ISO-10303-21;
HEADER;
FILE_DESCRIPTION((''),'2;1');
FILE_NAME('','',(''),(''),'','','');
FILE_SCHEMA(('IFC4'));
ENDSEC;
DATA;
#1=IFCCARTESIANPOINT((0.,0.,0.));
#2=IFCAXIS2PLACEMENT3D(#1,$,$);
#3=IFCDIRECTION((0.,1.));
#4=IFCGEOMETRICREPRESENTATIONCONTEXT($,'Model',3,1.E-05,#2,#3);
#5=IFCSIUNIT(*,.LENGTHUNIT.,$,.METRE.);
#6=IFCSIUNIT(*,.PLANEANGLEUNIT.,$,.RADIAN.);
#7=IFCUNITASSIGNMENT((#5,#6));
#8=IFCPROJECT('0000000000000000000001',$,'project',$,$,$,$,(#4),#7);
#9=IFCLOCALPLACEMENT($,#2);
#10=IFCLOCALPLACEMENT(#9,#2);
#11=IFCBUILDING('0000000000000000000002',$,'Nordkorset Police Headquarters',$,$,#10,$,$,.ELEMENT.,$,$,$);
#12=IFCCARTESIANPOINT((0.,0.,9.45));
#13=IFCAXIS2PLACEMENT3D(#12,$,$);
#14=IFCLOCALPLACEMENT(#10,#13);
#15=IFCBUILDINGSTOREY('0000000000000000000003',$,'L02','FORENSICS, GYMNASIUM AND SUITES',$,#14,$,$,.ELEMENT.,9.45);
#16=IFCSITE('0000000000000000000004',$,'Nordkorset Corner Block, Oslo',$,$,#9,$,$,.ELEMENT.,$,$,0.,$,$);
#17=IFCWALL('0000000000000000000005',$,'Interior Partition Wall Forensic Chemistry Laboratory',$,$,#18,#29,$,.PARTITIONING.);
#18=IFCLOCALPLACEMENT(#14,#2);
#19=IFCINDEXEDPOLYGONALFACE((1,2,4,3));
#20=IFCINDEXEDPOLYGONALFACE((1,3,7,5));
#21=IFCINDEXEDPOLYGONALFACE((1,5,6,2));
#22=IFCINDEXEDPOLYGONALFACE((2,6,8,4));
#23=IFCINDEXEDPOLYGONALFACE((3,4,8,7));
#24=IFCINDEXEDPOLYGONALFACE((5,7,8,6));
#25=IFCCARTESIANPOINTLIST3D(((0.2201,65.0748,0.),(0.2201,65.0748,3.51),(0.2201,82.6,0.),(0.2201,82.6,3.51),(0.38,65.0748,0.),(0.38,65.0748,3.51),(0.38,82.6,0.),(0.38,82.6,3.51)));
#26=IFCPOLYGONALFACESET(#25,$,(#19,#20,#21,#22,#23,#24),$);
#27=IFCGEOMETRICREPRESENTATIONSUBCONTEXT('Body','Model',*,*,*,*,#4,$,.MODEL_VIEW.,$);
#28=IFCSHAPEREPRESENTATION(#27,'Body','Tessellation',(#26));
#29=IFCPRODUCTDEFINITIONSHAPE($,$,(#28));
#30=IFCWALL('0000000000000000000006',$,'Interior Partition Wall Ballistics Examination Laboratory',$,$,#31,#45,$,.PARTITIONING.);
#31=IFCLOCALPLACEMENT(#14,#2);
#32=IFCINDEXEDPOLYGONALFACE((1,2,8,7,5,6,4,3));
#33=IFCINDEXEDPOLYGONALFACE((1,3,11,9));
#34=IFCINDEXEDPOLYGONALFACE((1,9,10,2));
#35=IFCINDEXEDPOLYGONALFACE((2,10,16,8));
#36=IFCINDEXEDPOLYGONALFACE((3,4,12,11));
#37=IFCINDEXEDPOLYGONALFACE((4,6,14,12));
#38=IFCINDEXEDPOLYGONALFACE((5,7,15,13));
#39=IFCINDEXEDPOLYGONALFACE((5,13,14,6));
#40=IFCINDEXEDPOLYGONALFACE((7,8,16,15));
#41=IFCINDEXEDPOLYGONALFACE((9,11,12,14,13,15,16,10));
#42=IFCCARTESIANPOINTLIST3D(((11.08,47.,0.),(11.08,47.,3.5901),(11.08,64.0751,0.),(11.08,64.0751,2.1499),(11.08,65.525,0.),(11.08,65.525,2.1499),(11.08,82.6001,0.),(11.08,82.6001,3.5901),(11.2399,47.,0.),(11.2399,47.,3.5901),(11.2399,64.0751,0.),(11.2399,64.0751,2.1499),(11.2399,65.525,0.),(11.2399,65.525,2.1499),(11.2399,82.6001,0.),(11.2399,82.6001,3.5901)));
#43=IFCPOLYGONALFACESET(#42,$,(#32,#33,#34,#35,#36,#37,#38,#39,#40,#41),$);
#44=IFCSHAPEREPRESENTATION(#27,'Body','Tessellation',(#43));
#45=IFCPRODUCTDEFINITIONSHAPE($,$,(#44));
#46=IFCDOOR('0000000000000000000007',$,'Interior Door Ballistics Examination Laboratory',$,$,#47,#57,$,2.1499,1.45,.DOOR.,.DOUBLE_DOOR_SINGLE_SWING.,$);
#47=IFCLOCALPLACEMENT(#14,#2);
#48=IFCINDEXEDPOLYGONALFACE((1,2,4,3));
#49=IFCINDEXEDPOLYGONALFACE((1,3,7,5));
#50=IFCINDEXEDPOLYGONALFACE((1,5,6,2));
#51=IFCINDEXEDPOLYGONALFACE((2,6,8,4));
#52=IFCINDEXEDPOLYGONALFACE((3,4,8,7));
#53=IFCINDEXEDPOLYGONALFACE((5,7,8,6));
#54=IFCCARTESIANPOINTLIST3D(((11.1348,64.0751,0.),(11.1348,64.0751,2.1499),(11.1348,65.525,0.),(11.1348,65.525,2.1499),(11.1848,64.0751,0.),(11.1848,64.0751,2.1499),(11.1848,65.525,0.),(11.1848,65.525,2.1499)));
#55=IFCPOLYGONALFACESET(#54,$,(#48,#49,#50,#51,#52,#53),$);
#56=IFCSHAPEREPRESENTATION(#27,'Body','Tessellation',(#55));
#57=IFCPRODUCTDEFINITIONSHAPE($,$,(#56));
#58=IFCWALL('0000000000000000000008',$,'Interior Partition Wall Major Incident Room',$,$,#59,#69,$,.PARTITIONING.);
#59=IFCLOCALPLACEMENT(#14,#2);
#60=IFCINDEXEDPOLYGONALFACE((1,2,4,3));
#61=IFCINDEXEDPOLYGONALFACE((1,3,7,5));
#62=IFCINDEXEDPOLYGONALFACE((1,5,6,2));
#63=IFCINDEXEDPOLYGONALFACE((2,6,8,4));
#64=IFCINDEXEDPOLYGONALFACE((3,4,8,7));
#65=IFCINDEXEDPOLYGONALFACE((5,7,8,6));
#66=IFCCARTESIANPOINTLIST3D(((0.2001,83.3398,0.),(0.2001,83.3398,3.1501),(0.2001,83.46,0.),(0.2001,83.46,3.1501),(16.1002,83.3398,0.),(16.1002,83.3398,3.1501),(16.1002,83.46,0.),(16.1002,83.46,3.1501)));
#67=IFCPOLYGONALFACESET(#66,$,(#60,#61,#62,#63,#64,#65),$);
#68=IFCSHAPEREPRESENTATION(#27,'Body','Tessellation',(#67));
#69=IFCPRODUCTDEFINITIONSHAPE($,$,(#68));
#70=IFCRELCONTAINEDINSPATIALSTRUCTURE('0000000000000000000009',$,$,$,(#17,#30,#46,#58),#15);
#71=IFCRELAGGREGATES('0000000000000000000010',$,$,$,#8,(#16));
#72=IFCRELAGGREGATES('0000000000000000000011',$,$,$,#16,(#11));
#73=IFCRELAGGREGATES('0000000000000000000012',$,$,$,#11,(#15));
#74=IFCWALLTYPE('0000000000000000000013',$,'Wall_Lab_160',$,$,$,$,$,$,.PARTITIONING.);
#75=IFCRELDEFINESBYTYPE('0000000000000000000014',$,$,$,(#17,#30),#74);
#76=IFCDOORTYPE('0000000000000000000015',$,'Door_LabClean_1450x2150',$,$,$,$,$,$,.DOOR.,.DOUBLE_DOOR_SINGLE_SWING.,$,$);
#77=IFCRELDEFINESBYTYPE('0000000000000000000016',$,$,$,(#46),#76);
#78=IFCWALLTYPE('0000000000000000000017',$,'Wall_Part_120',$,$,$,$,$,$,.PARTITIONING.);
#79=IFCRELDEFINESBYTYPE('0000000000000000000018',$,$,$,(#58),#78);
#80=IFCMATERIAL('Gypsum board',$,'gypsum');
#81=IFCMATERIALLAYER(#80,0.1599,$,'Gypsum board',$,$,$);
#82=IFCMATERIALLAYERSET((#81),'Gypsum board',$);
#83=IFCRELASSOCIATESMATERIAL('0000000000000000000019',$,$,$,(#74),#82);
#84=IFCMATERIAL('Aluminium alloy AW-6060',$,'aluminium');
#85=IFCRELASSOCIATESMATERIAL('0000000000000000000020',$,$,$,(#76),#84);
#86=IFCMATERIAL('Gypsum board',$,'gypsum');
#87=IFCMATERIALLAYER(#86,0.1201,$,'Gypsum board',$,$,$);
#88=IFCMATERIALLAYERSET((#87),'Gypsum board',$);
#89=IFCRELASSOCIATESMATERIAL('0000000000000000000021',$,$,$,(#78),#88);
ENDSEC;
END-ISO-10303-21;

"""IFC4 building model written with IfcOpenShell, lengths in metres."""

from ifc_helpers import new_model, si_unit, direction, frame, frame_2d, origin, place, context, subcontext, project, spatial, rectangle, extrude, material, layer, layer_set, type_object, element, fill, save


model = new_model("IFC4")

# Units and contexts
model_context = context("Model", 3, precision=1e-05, world=origin(), true_north=direction((0.0, 1.0)))
body_context = subcontext(model_context, "Body", "Model", "MODEL_VIEW")
ifc_project = project(units=[si_unit("LENGTHUNIT", "METRE"), si_unit("PLANEANGLEUNIT", "RADIAN")], contexts=[model_context])

# Site, building, storey
site_placement = place(None, origin())
site = spatial("IfcSite", under=ifc_project, at=site_placement, Name="Nordkorset Corner Block, Oslo", CompositionType="ELEMENT", RefElevation=0.0)
building_placement = place(site_placement, origin())
building = spatial("IfcBuilding", under=site, at=building_placement, Name="Nordkorset Police Headquarters", CompositionType="ELEMENT")
storey_placement = place(building_placement, frame((0.0, 0.0, 9.45)))
storey = spatial("IfcBuildingStorey", under=building, at=storey_placement, Name="L02", Description="FORENSICS, GYMNASIUM AND SUITES", CompositionType="ELEMENT", Elevation=9.45)

# Wall
ifc_material_1 = material(Name="Gypsum board", Category="gypsum")
ifc_layer_1 = layer(ifc_material_1, 0.1599, Name="Gypsum board")
ifc_layer_set_1 = layer_set([ifc_layer_1], Name="Gypsum board")
wall_type_1 = type_object("IfcWallType", Name="Wall_Lab_160", PredefinedType="PARTITIONING", material=ifc_layer_set_1)
wall_1_placement = place(storey_placement, frame((0.3, 82.6001, 0.0), z_axis=(0.0, 0.0, 1.0), x_axis=(0.0, -1.0, 0.0)))
element("IfcWall", 1, at=wall_1_placement, inside=storey, type_object=wall_type_1, Name="Interior Partition Wall Forensic Chemistry Laboratory", PredefinedType="PARTITIONING", context=body_context, shape_type="SweptSolid", body=[
    extrude(rectangle(XDim=17.5251, YDim=0.1599, at=frame_2d((8.7627, 0.0))), origin(), (0.0, 0.0, 1.0), 3.51),
])

# Wall, opening, door
wall_2_placement = place(storey_placement, frame((11.1599, 82.6001, 0.0), z_axis=(0.0, 0.0, 1.0), x_axis=(0.0, -1.0, 0.0)))
wall_2 = element("IfcWall", 2, at=wall_2_placement, inside=storey, type_object=wall_type_1, Name="Interior Partition Wall Ballistics Examination Laboratory", PredefinedType="PARTITIONING", context=body_context, shape_type="SweptSolid", body=[
    extrude(rectangle(XDim=35.6001, YDim=0.1599, at=frame_2d((17.8, 0.0))), origin(), (0.0, 0.0, 1.0), 3.5901),
])
opening_placement = place(wall_2_placement, frame((17.075, 0.0, 0.0)))
opening = element("IfcOpeningElement", 3, at=opening_placement, cuts=wall_2, PredefinedType="OPENING", context=body_context, shape_type="SweptSolid", body=[
    extrude(rectangle(XDim=1.45, YDim=2.1499, at=frame_2d((0.7251, 1.075))), frame((0.0, 0.0898, 0.0), z_axis=(0.0, -1.0, 0.0), x_axis=(1.0, 0.0, 0.0)), (0.0, 0.0, 1.0), 0.1799),
])
ifc_material_2 = material(Name="Aluminium alloy AW-6060", Category="aluminium")
door_type = type_object("IfcDoorType", Name="Door_LabClean_1450x2150", OperationType="DOUBLE_DOOR_SINGLE_SWING", PredefinedType="DOOR", material=ifc_material_2)
door_placement = place(opening_placement, origin())
door = element("IfcDoor", 4, at=door_placement, inside=storey, type_object=door_type, Name="Interior Door Ballistics Examination Laboratory", OperationType="DOUBLE_DOOR_SINGLE_SWING", OverallHeight=2.1499, OverallWidth=1.45, PredefinedType="DOOR", context=body_context, shape_type="SweptSolid", body=[
    extrude(rectangle(XDim=1.45, YDim=2.1499, at=frame_2d((0.7251, 1.075))), frame((0.0, 0.0249, 0.0), z_axis=(0.0, -1.0, 0.0), x_axis=(1.0, 0.0, 0.0)), (0.0, 0.0, 1.0), 0.05),
])
fill(opening, door)

# Wall
ifc_material_3 = material(Name="Gypsum board", Category="gypsum")
ifc_layer_2 = layer(ifc_material_3, 0.1201, Name="Gypsum board")
ifc_layer_set_2 = layer_set([ifc_layer_2], Name="Gypsum board")
wall_type_2 = type_object("IfcWallType", Name="Wall_Part_120", PredefinedType="PARTITIONING", material=ifc_layer_set_2)
wall_3_placement = place(storey_placement, frame((0.2, 83.3999, 0.0), z_axis=(0.0, 0.0, 1.0), x_axis=(1.0, 0.0, 0.0)))
element("IfcWall", 5, at=wall_3_placement, inside=storey, type_object=wall_type_2, Name="Interior Partition Wall Major Incident Room", PredefinedType="PARTITIONING", context=body_context, shape_type="SweptSolid", body=[
    extrude(rectangle(XDim=15.9001, YDim=0.1201, at=frame_2d((7.9502, 0.0))), origin(), (0.0, 0.0, 1.0), 3.1501),
])

save(model, "model.ifc")
